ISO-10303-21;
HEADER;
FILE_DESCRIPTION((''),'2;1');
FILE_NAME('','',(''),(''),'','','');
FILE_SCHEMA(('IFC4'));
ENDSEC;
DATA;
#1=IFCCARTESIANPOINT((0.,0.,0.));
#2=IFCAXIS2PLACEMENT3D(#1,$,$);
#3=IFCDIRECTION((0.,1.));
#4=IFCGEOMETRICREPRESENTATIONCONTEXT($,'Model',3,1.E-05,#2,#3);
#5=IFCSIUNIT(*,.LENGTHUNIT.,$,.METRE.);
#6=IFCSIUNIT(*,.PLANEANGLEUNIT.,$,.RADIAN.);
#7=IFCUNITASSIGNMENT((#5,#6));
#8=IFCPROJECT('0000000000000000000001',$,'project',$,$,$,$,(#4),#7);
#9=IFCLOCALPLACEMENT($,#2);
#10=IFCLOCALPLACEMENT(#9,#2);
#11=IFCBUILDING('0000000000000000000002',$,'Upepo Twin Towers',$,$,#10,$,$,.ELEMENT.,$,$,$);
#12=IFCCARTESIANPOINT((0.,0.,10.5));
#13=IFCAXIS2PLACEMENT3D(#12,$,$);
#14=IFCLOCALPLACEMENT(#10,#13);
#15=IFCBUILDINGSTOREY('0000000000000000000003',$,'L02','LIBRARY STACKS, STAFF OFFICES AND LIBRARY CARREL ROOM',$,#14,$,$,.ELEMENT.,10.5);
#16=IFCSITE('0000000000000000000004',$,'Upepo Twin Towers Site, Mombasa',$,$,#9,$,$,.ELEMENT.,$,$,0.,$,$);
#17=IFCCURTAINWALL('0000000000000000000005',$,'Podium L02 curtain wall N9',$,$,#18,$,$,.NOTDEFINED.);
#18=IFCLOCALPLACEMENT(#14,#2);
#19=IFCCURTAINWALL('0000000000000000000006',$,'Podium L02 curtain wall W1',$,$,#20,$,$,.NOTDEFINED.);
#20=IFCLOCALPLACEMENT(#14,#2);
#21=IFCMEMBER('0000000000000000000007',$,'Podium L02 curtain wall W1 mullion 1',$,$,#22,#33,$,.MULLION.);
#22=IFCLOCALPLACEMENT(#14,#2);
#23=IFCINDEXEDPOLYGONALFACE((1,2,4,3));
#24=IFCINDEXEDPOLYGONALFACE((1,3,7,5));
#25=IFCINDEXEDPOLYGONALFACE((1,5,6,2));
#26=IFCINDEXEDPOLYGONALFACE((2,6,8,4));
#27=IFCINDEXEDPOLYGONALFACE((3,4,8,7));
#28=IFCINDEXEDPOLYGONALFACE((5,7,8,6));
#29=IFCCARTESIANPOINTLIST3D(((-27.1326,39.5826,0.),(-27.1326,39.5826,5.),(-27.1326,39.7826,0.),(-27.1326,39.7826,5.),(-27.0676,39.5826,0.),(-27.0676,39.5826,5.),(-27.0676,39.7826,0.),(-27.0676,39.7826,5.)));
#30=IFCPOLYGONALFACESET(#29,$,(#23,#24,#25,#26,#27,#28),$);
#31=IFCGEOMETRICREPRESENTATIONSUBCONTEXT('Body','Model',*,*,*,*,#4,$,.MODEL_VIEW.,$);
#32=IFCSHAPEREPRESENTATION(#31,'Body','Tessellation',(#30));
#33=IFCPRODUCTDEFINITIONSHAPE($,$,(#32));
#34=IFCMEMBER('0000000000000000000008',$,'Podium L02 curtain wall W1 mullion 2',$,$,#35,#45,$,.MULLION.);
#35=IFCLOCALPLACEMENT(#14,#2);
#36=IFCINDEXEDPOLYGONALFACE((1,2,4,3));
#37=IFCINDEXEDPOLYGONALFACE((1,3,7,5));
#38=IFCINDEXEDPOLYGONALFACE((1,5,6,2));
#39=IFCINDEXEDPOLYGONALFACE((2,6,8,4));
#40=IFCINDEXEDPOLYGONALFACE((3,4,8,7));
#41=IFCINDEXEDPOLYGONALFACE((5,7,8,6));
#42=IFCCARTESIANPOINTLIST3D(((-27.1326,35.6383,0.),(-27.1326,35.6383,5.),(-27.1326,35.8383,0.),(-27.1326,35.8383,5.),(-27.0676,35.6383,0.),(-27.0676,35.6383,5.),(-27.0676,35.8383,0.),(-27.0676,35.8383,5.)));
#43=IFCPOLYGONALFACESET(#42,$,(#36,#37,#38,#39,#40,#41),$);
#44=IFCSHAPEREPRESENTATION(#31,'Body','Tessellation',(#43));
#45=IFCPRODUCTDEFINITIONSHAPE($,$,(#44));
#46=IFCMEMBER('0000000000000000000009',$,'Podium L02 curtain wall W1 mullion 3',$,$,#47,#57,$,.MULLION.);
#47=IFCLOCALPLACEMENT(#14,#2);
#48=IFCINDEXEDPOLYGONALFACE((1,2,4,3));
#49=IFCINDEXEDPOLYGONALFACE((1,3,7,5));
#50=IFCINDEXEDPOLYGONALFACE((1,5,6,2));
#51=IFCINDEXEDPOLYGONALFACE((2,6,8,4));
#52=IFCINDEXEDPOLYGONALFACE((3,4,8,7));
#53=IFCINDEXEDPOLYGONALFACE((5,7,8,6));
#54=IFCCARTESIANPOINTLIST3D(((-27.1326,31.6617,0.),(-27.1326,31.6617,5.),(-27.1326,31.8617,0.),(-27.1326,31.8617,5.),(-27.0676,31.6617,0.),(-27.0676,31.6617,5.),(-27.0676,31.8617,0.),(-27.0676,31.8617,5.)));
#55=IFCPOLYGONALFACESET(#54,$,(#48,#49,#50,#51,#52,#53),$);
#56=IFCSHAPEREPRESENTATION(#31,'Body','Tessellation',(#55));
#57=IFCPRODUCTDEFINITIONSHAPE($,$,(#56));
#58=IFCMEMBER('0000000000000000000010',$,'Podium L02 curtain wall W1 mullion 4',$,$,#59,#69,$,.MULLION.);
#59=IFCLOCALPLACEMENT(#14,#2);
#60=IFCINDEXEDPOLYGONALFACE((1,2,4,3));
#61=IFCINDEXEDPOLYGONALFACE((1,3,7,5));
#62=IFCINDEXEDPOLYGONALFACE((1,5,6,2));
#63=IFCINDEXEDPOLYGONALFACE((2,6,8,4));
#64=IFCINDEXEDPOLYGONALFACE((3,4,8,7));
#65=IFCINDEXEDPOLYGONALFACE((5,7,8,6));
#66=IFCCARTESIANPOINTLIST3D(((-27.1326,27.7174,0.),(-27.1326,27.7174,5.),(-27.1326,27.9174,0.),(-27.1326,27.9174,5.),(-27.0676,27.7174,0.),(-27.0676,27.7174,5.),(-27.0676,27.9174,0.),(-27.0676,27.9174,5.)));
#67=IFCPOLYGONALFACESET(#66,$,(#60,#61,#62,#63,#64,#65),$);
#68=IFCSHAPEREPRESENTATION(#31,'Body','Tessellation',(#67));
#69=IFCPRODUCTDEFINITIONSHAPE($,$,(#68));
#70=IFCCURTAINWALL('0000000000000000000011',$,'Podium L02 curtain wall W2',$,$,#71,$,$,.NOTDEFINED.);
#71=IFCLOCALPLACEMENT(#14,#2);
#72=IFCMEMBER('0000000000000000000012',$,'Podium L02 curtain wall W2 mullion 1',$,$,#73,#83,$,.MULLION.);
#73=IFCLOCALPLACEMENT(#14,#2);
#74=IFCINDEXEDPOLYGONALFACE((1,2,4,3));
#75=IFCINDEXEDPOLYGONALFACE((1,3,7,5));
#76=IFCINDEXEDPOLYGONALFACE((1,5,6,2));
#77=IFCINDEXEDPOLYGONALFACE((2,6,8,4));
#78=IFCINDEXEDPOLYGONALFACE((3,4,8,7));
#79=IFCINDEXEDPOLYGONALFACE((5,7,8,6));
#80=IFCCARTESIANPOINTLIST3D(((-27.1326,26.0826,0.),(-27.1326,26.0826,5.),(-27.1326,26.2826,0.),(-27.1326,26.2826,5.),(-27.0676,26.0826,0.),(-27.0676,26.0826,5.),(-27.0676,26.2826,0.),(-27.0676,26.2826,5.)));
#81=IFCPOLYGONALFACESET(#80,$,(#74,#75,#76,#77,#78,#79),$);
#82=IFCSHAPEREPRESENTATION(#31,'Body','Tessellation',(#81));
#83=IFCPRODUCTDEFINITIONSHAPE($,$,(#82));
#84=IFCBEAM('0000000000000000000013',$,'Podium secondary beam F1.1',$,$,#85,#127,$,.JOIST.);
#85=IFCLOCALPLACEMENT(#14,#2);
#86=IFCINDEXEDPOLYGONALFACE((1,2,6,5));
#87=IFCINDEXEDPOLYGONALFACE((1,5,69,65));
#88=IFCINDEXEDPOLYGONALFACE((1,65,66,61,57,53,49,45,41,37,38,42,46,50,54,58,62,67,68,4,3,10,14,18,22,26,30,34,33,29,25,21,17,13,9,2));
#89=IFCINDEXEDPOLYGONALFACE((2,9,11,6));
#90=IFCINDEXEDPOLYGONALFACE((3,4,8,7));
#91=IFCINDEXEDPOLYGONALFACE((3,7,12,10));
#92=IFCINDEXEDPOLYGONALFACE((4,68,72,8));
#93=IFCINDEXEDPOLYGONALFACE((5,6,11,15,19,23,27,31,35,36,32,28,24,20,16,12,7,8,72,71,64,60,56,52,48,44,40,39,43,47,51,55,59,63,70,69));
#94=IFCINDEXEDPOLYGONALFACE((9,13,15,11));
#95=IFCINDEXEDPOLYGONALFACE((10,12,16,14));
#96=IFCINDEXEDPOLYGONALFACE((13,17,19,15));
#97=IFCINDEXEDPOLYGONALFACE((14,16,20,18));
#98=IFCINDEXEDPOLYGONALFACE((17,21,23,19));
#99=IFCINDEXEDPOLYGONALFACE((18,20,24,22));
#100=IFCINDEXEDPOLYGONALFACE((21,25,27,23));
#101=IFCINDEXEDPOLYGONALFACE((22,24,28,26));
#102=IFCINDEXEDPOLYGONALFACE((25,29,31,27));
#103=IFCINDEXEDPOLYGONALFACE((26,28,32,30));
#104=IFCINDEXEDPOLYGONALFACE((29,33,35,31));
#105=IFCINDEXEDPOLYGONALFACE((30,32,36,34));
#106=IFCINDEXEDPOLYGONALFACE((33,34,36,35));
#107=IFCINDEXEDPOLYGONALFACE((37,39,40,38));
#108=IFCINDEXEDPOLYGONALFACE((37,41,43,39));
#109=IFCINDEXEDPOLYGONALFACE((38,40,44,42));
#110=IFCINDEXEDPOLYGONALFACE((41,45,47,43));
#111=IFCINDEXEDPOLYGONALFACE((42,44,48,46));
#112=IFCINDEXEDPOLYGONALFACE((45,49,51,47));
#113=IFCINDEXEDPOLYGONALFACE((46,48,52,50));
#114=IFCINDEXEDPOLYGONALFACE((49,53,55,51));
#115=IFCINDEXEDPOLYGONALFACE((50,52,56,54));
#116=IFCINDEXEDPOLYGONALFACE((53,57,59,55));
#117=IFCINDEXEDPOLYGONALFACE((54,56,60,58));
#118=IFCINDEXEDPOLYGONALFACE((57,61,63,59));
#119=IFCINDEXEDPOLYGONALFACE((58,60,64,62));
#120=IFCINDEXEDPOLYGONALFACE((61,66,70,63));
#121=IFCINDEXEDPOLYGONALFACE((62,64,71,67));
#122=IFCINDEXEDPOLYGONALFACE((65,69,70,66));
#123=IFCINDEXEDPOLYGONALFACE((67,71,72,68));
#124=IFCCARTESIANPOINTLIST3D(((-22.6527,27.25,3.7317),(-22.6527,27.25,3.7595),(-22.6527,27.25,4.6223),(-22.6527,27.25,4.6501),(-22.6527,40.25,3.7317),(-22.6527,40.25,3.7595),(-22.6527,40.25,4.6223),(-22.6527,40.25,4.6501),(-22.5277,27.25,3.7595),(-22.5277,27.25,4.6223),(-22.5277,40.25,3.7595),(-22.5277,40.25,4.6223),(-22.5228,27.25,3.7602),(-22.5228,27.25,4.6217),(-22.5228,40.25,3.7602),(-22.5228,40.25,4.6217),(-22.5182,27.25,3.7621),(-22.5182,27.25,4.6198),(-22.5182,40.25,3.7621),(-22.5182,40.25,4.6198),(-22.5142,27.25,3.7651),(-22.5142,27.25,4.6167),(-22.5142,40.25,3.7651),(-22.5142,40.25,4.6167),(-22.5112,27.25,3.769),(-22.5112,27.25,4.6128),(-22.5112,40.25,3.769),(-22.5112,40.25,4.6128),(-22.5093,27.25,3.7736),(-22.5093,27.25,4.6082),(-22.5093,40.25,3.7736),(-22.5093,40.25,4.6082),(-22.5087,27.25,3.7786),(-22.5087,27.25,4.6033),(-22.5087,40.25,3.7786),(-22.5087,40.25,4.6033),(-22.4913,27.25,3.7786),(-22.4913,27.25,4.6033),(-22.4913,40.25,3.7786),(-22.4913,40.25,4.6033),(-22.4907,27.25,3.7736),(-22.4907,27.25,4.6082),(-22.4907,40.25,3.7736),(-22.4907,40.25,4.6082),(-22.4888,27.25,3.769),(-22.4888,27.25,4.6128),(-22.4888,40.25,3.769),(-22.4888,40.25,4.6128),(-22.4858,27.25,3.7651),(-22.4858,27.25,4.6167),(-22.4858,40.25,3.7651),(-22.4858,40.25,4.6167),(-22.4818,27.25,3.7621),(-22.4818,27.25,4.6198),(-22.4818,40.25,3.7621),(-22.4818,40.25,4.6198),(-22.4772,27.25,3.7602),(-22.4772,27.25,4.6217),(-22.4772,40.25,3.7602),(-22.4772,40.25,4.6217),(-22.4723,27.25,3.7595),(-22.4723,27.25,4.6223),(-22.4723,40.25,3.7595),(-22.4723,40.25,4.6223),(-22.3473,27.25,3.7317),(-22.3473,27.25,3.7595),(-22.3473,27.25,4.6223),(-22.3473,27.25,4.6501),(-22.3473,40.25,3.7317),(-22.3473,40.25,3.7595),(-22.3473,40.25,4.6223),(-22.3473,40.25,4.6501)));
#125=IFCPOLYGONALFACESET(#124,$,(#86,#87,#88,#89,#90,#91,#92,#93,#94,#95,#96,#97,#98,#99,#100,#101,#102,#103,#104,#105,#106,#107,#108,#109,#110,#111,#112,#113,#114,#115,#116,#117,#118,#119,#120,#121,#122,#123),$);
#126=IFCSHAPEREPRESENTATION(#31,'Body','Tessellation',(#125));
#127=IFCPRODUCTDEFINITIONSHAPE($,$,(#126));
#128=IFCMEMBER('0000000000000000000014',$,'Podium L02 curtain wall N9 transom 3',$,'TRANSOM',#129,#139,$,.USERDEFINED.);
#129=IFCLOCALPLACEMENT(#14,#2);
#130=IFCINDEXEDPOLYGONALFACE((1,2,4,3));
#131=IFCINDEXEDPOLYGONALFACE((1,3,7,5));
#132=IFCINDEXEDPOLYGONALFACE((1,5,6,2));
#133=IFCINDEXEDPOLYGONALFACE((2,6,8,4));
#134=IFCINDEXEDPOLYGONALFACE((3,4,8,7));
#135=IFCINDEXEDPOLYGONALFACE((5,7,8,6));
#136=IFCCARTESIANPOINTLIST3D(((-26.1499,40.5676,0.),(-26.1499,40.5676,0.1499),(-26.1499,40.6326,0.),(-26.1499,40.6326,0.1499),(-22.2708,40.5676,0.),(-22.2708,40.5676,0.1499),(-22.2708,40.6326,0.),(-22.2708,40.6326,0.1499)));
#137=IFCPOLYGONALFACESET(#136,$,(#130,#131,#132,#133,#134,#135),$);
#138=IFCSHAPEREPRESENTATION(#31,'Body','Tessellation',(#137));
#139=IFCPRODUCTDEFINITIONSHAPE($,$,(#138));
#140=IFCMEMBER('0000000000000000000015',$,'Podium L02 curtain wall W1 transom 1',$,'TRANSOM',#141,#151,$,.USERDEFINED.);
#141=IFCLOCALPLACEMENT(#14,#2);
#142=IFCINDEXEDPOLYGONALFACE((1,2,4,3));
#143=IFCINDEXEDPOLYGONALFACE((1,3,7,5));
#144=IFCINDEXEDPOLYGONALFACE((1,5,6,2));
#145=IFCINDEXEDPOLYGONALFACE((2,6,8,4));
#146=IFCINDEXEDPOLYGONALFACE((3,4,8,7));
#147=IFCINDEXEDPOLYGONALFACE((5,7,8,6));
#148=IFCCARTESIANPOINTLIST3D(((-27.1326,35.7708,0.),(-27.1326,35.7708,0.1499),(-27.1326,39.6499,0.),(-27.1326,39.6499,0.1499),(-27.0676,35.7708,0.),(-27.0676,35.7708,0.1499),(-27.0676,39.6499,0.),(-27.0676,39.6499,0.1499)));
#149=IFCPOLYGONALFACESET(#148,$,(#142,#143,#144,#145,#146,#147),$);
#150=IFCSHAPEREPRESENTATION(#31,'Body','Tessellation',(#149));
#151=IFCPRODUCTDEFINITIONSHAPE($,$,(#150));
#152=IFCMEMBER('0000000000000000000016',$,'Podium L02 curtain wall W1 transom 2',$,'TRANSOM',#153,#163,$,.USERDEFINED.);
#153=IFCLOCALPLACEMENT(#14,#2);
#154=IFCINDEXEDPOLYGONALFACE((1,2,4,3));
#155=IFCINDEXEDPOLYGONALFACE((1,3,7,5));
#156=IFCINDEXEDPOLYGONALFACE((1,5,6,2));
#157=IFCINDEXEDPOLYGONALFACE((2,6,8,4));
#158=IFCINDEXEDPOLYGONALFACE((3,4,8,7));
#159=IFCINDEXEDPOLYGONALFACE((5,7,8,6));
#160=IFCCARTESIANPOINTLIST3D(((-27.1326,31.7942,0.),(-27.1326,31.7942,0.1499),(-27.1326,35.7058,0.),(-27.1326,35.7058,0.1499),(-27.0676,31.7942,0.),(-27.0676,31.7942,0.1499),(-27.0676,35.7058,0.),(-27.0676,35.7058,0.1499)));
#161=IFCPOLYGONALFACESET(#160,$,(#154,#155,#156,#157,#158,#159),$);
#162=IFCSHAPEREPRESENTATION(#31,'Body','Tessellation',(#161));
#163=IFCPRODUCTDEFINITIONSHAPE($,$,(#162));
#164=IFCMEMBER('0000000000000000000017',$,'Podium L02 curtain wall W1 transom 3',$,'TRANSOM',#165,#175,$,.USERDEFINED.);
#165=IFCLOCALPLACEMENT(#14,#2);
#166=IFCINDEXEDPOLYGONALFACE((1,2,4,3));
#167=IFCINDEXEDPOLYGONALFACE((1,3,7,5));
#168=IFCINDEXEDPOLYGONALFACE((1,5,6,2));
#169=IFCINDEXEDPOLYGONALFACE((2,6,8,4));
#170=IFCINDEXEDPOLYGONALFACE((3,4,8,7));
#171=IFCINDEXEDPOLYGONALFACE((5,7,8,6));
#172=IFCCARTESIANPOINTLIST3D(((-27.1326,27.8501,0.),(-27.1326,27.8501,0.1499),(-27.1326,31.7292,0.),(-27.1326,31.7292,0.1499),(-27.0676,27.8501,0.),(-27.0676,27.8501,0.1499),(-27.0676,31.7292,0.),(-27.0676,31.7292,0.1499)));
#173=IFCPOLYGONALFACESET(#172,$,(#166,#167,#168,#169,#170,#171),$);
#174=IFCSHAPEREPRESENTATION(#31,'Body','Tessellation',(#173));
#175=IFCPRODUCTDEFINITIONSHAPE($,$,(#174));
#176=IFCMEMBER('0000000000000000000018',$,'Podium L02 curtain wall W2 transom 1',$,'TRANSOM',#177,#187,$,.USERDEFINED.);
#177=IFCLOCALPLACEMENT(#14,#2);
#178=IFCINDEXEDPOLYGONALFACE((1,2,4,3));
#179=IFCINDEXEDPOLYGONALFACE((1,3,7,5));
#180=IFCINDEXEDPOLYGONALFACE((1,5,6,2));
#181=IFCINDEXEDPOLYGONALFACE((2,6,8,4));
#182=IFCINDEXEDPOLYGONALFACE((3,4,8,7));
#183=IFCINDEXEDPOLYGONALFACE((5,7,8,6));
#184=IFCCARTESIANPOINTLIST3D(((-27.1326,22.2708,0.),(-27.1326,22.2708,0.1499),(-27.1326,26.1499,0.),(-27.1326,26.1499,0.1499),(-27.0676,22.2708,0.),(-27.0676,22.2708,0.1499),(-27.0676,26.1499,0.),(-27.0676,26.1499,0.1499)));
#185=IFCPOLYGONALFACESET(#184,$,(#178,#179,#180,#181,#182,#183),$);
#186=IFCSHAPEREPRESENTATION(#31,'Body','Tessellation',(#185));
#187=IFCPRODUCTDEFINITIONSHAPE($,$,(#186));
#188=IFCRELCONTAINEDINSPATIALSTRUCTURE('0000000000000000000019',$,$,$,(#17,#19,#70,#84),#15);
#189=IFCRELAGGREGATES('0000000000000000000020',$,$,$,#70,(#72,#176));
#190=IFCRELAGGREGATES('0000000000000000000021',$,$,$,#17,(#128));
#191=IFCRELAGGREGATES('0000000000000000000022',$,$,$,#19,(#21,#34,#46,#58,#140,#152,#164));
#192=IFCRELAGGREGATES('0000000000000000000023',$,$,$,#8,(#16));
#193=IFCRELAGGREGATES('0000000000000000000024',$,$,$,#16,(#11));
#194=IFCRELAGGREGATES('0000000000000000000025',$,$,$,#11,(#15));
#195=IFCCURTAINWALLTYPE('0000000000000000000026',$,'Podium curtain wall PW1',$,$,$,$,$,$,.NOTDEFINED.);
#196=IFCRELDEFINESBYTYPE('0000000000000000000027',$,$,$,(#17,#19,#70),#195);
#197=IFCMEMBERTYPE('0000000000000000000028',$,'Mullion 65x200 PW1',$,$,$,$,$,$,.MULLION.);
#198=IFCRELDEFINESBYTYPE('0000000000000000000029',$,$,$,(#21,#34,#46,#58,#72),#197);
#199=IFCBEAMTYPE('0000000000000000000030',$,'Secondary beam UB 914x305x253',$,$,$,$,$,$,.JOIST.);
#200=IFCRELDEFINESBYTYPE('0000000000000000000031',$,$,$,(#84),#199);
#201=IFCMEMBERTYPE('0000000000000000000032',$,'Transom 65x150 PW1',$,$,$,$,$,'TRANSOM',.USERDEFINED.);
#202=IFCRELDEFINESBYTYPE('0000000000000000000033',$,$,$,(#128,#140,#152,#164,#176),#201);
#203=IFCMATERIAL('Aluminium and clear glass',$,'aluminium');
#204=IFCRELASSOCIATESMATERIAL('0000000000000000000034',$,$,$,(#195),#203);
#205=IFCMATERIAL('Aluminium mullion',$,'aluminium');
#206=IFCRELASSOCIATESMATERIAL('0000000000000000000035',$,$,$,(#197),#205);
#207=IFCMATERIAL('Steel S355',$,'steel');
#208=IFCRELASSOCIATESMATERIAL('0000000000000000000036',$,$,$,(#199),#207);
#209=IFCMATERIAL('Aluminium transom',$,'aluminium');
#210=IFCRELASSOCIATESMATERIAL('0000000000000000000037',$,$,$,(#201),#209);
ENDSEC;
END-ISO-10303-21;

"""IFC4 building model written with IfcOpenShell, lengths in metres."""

from ifc_helpers import new_model, si_unit, direction, frame, origin, origin_2d, place, context, subcontext, project, spatial, rectangle, i_section, extrude, material, material_profile, profile_set, type_object, element, aggregate, save


model = new_model("IFC4")

# Units and contexts
model_context = context("Model", 3, precision=1e-05, world=origin(), true_north=direction((0.0, 1.0)))
body_context = subcontext(model_context, "Body", "Model", "MODEL_VIEW")
ifc_project = project(units=[si_unit("LENGTHUNIT", "METRE"), si_unit("PLANEANGLEUNIT", "RADIAN")], contexts=[model_context])

# Site, building, storey
site_placement = place(None, origin())
site = spatial("IfcSite", under=ifc_project, at=site_placement, Name="Upepo Twin Towers Site, Mombasa", CompositionType="ELEMENT", RefElevation=0.0)
building_placement = place(site_placement, origin())
building = spatial("IfcBuilding", under=site, at=building_placement, Name="Upepo Twin Towers", CompositionType="ELEMENT")
storey_placement = place(building_placement, frame((0.0, 0.0, 10.5)))
storey = spatial("IfcBuildingStorey", under=building, at=storey_placement, Name="L02", Description="LIBRARY STACKS, STAFF OFFICES AND LIBRARY CARREL ROOM", CompositionType="ELEMENT", Elevation=10.5)

# Curtain walls, members
ifc_material_1 = material(Name="Aluminium and clear glass", Category="aluminium")
curtain_wall_type = type_object("IfcCurtainWallType", Name="Podium curtain wall PW1", PredefinedType="NOTDEFINED", material=ifc_material_1)
curtain_wall_1_placement = place(storey_placement, origin())
curtain_wall_1 = element("IfcCurtainWall", 1, at=curtain_wall_1_placement, inside=storey, type_object=curtain_wall_type, Name="Podium L02 curtain wall N9", PredefinedType="NOTDEFINED")
ifc_material_2 = material(Name="Aluminium mullion", Category="aluminium")
ifc_material_profile_1 = material_profile(ifc_material_2, rectangle(XDim=0.0649, YDim=0.2, at=origin_2d()), Name="MULLION 65x200 PODIUM")
ifc_profile_set_1 = profile_set([ifc_material_profile_1], Name="Aluminium mullion")
member_type_1 = type_object("IfcMemberType", Name="Mullion 65x200 PW1", PredefinedType="MULLION", material=ifc_profile_set_1)
curtain_wall_2_placement = place(storey_placement, origin())
curtain_wall_2 = element("IfcCurtainWall", 2, at=curtain_wall_2_placement, inside=storey, type_object=curtain_wall_type, Name="Podium L02 curtain wall W1", PredefinedType="NOTDEFINED")
member_1_placement = place(storey_placement, frame((-27.1001, 39.6826, 0.0), z_axis=(0.0, 0.0, 1.0), x_axis=(1.0, 0.0, 0.0)))
member_1 = element("IfcMember", 3, at=member_1_placement, type_object=member_type_1, Name="Podium L02 curtain wall W1 mullion 1", PredefinedType="MULLION", context=body_context, shape_type="SweptSolid", body=[
    extrude(rectangle(XDim=0.0649, YDim=0.2, at=origin_2d()), origin(), (0.0, 0.0, 1.0), 5.0),
])
member_2_placement = place(storey_placement, frame((-27.1001, 35.7383, 0.0), z_axis=(0.0, 0.0, 1.0), x_axis=(1.0, 0.0, 0.0)))
member_2 = element("IfcMember", 4, at=member_2_placement, type_object=member_type_1, Name="Podium L02 curtain wall W1 mullion 2", PredefinedType="MULLION", context=body_context, shape_type="SweptSolid", body=[
    extrude(rectangle(XDim=0.0649, YDim=0.2, at=origin_2d()), origin(), (0.0, 0.0, 1.0), 5.0),
])
member_3_placement = place(storey_placement, frame((-27.1001, 31.7617, 0.0), z_axis=(0.0, 0.0, 1.0), x_axis=(1.0, 0.0, 0.0)))
member_3 = element("IfcMember", 5, at=member_3_placement, type_object=member_type_1, Name="Podium L02 curtain wall W1 mullion 3", PredefinedType="MULLION", context=body_context, shape_type="SweptSolid", body=[
    extrude(rectangle(XDim=0.0649, YDim=0.2, at=origin_2d()), origin(), (0.0, 0.0, 1.0), 5.0),
])
member_4_placement = place(storey_placement, frame((-27.1001, 27.8174, 0.0), z_axis=(0.0, 0.0, 1.0), x_axis=(1.0, 0.0, 0.0)))
member_4 = element("IfcMember", 6, at=member_4_placement, type_object=member_type_1, Name="Podium L02 curtain wall W1 mullion 4", PredefinedType="MULLION", context=body_context, shape_type="SweptSolid", body=[
    extrude(rectangle(XDim=0.0649, YDim=0.2, at=origin_2d()), origin(), (0.0, 0.0, 1.0), 5.0),
])

# Curtain wall, member
curtain_wall_3_placement = place(storey_placement, origin())
curtain_wall_3 = element("IfcCurtainWall", 7, at=curtain_wall_3_placement, inside=storey, type_object=curtain_wall_type, Name="Podium L02 curtain wall W2", PredefinedType="NOTDEFINED")
member_5_placement = place(storey_placement, frame((-27.1001, 26.1826, 0.0), z_axis=(0.0, 0.0, 1.0), x_axis=(1.0, 0.0, 0.0)))
member_5 = element("IfcMember", 8, at=member_5_placement, type_object=member_type_1, Name="Podium L02 curtain wall W2 mullion 1", PredefinedType="MULLION", context=body_context, shape_type="SweptSolid", body=[
    extrude(rectangle(XDim=0.0649, YDim=0.2, at=origin_2d()), origin(), (0.0, 0.0, 1.0), 5.0),
])

# Beam
ifc_material_3 = material(Name="Steel S355", Category="steel")
ifc_material_profile_2 = material_profile(ifc_material_3, i_section(OverallWidth=0.3054, OverallDepth=0.9185, WebThickness=0.0173, FlangeThickness=0.0278, FilletRadius=0.019, at=origin_2d()), Name="UB 914x305x253")
ifc_profile_set_2 = profile_set([ifc_material_profile_2], Name="Steel S355")
beam_type_1 = type_object("IfcBeamType", Name="Secondary beam UB 914x305x253", PredefinedType="JOIST", material=ifc_profile_set_2)
beam_placement = place(storey_placement, frame((-22.5, 27.25, 4.1909), z_axis=(0.0, 1.0, 0.0), x_axis=(-1.0, 0.0, 0.0)))
element("IfcBeam", 9, at=beam_placement, inside=storey, type_object=beam_type_1, Name="Podium secondary beam F1.1", PredefinedType="JOIST", context=body_context, shape_type="SweptSolid", body=[
    extrude(i_section(OverallWidth=0.3054, OverallDepth=0.9185, WebThickness=0.0173, FlangeThickness=0.0278, FilletRadius=0.019, at=origin_2d()), origin(), (0.0, 0.0, 1.0), 13.0),
])

# Members
ifc_material_4 = material(Name="Aluminium transom", Category="aluminium")
ifc_material_profile_3 = material_profile(ifc_material_4, rectangle(XDim=0.0649, YDim=0.1499, at=origin_2d()), Name="TRANSOM 65x150 PODIUM")
ifc_profile_set_3 = profile_set([ifc_material_profile_3], Name="Aluminium transom")
member_type_2 = type_object("IfcMemberType", Name="Transom 65x150 PW1", ElementType="TRANSOM", PredefinedType="USERDEFINED", material=ifc_profile_set_3)
member_6_placement = place(storey_placement, frame((-22.2708, 40.6001, 0.075), z_axis=(-1.0, 0.0, 0.0), x_axis=(0.0, -1.0, 0.0)))
member_6 = element("IfcMember", 10, at=member_6_placement, type_object=member_type_2, Name="Podium L02 curtain wall N9 transom 3", ObjectType="TRANSOM", PredefinedType="USERDEFINED", context=body_context, shape_type="SweptSolid", body=[
    extrude(rectangle(XDim=0.0649, YDim=0.1499, at=origin_2d()), origin(), (0.0, 0.0, 1.0), 3.8792),
])
member_7_placement = place(storey_placement, frame((-27.1001, 39.6499, 0.075), z_axis=(0.0, -1.0, 0.0), x_axis=(1.0, 0.0, 0.0)))
member_7 = element("IfcMember", 11, at=member_7_placement, type_object=member_type_2, Name="Podium L02 curtain wall W1 transom 1", ObjectType="TRANSOM", PredefinedType="USERDEFINED", context=body_context, shape_type="SweptSolid", body=[
    extrude(rectangle(XDim=0.0649, YDim=0.1499, at=origin_2d()), origin(), (0.0, 0.0, 1.0), 3.8792),
])
member_8_placement = place(storey_placement, frame((-27.1001, 35.7058, 0.075), z_axis=(0.0, -1.0, 0.0), x_axis=(1.0, 0.0, 0.0)))
member_8 = element("IfcMember", 12, at=member_8_placement, type_object=member_type_2, Name="Podium L02 curtain wall W1 transom 2", ObjectType="TRANSOM", PredefinedType="USERDEFINED", context=body_context, shape_type="SweptSolid", body=[
    extrude(rectangle(XDim=0.0649, YDim=0.1499, at=origin_2d()), origin(), (0.0, 0.0, 1.0), 3.9116),
])
member_9_placement = place(storey_placement, frame((-27.1001, 31.7292, 0.075), z_axis=(0.0, -1.0, 0.0), x_axis=(1.0, 0.0, 0.0)))
member_9 = element("IfcMember", 13, at=member_9_placement, type_object=member_type_2, Name="Podium L02 curtain wall W1 transom 3", ObjectType="TRANSOM", PredefinedType="USERDEFINED", context=body_context, shape_type="SweptSolid", body=[
    extrude(rectangle(XDim=0.0649, YDim=0.1499, at=origin_2d()), origin(), (0.0, 0.0, 1.0), 3.8792),
])
member_10_placement = place(storey_placement, frame((-27.1001, 26.1499, 0.075), z_axis=(0.0, -1.0, 0.0), x_axis=(1.0, 0.0, 0.0)))
member_10 = element("IfcMember", 14, at=member_10_placement, type_object=member_type_2, Name="Podium L02 curtain wall W2 transom 1", ObjectType="TRANSOM", PredefinedType="USERDEFINED", context=body_context, shape_type="SweptSolid", body=[
    extrude(rectangle(XDim=0.0649, YDim=0.1499, at=origin_2d()), origin(), (0.0, 0.0, 1.0), 3.8792),
])

aggregate(curtain_wall_3, [member_5, member_10])
aggregate(curtain_wall_1, [member_6])
aggregate(curtain_wall_2, [member_1, member_2, member_3, member_4, member_7, member_8, member_9])

save(model, "model.ifc")
